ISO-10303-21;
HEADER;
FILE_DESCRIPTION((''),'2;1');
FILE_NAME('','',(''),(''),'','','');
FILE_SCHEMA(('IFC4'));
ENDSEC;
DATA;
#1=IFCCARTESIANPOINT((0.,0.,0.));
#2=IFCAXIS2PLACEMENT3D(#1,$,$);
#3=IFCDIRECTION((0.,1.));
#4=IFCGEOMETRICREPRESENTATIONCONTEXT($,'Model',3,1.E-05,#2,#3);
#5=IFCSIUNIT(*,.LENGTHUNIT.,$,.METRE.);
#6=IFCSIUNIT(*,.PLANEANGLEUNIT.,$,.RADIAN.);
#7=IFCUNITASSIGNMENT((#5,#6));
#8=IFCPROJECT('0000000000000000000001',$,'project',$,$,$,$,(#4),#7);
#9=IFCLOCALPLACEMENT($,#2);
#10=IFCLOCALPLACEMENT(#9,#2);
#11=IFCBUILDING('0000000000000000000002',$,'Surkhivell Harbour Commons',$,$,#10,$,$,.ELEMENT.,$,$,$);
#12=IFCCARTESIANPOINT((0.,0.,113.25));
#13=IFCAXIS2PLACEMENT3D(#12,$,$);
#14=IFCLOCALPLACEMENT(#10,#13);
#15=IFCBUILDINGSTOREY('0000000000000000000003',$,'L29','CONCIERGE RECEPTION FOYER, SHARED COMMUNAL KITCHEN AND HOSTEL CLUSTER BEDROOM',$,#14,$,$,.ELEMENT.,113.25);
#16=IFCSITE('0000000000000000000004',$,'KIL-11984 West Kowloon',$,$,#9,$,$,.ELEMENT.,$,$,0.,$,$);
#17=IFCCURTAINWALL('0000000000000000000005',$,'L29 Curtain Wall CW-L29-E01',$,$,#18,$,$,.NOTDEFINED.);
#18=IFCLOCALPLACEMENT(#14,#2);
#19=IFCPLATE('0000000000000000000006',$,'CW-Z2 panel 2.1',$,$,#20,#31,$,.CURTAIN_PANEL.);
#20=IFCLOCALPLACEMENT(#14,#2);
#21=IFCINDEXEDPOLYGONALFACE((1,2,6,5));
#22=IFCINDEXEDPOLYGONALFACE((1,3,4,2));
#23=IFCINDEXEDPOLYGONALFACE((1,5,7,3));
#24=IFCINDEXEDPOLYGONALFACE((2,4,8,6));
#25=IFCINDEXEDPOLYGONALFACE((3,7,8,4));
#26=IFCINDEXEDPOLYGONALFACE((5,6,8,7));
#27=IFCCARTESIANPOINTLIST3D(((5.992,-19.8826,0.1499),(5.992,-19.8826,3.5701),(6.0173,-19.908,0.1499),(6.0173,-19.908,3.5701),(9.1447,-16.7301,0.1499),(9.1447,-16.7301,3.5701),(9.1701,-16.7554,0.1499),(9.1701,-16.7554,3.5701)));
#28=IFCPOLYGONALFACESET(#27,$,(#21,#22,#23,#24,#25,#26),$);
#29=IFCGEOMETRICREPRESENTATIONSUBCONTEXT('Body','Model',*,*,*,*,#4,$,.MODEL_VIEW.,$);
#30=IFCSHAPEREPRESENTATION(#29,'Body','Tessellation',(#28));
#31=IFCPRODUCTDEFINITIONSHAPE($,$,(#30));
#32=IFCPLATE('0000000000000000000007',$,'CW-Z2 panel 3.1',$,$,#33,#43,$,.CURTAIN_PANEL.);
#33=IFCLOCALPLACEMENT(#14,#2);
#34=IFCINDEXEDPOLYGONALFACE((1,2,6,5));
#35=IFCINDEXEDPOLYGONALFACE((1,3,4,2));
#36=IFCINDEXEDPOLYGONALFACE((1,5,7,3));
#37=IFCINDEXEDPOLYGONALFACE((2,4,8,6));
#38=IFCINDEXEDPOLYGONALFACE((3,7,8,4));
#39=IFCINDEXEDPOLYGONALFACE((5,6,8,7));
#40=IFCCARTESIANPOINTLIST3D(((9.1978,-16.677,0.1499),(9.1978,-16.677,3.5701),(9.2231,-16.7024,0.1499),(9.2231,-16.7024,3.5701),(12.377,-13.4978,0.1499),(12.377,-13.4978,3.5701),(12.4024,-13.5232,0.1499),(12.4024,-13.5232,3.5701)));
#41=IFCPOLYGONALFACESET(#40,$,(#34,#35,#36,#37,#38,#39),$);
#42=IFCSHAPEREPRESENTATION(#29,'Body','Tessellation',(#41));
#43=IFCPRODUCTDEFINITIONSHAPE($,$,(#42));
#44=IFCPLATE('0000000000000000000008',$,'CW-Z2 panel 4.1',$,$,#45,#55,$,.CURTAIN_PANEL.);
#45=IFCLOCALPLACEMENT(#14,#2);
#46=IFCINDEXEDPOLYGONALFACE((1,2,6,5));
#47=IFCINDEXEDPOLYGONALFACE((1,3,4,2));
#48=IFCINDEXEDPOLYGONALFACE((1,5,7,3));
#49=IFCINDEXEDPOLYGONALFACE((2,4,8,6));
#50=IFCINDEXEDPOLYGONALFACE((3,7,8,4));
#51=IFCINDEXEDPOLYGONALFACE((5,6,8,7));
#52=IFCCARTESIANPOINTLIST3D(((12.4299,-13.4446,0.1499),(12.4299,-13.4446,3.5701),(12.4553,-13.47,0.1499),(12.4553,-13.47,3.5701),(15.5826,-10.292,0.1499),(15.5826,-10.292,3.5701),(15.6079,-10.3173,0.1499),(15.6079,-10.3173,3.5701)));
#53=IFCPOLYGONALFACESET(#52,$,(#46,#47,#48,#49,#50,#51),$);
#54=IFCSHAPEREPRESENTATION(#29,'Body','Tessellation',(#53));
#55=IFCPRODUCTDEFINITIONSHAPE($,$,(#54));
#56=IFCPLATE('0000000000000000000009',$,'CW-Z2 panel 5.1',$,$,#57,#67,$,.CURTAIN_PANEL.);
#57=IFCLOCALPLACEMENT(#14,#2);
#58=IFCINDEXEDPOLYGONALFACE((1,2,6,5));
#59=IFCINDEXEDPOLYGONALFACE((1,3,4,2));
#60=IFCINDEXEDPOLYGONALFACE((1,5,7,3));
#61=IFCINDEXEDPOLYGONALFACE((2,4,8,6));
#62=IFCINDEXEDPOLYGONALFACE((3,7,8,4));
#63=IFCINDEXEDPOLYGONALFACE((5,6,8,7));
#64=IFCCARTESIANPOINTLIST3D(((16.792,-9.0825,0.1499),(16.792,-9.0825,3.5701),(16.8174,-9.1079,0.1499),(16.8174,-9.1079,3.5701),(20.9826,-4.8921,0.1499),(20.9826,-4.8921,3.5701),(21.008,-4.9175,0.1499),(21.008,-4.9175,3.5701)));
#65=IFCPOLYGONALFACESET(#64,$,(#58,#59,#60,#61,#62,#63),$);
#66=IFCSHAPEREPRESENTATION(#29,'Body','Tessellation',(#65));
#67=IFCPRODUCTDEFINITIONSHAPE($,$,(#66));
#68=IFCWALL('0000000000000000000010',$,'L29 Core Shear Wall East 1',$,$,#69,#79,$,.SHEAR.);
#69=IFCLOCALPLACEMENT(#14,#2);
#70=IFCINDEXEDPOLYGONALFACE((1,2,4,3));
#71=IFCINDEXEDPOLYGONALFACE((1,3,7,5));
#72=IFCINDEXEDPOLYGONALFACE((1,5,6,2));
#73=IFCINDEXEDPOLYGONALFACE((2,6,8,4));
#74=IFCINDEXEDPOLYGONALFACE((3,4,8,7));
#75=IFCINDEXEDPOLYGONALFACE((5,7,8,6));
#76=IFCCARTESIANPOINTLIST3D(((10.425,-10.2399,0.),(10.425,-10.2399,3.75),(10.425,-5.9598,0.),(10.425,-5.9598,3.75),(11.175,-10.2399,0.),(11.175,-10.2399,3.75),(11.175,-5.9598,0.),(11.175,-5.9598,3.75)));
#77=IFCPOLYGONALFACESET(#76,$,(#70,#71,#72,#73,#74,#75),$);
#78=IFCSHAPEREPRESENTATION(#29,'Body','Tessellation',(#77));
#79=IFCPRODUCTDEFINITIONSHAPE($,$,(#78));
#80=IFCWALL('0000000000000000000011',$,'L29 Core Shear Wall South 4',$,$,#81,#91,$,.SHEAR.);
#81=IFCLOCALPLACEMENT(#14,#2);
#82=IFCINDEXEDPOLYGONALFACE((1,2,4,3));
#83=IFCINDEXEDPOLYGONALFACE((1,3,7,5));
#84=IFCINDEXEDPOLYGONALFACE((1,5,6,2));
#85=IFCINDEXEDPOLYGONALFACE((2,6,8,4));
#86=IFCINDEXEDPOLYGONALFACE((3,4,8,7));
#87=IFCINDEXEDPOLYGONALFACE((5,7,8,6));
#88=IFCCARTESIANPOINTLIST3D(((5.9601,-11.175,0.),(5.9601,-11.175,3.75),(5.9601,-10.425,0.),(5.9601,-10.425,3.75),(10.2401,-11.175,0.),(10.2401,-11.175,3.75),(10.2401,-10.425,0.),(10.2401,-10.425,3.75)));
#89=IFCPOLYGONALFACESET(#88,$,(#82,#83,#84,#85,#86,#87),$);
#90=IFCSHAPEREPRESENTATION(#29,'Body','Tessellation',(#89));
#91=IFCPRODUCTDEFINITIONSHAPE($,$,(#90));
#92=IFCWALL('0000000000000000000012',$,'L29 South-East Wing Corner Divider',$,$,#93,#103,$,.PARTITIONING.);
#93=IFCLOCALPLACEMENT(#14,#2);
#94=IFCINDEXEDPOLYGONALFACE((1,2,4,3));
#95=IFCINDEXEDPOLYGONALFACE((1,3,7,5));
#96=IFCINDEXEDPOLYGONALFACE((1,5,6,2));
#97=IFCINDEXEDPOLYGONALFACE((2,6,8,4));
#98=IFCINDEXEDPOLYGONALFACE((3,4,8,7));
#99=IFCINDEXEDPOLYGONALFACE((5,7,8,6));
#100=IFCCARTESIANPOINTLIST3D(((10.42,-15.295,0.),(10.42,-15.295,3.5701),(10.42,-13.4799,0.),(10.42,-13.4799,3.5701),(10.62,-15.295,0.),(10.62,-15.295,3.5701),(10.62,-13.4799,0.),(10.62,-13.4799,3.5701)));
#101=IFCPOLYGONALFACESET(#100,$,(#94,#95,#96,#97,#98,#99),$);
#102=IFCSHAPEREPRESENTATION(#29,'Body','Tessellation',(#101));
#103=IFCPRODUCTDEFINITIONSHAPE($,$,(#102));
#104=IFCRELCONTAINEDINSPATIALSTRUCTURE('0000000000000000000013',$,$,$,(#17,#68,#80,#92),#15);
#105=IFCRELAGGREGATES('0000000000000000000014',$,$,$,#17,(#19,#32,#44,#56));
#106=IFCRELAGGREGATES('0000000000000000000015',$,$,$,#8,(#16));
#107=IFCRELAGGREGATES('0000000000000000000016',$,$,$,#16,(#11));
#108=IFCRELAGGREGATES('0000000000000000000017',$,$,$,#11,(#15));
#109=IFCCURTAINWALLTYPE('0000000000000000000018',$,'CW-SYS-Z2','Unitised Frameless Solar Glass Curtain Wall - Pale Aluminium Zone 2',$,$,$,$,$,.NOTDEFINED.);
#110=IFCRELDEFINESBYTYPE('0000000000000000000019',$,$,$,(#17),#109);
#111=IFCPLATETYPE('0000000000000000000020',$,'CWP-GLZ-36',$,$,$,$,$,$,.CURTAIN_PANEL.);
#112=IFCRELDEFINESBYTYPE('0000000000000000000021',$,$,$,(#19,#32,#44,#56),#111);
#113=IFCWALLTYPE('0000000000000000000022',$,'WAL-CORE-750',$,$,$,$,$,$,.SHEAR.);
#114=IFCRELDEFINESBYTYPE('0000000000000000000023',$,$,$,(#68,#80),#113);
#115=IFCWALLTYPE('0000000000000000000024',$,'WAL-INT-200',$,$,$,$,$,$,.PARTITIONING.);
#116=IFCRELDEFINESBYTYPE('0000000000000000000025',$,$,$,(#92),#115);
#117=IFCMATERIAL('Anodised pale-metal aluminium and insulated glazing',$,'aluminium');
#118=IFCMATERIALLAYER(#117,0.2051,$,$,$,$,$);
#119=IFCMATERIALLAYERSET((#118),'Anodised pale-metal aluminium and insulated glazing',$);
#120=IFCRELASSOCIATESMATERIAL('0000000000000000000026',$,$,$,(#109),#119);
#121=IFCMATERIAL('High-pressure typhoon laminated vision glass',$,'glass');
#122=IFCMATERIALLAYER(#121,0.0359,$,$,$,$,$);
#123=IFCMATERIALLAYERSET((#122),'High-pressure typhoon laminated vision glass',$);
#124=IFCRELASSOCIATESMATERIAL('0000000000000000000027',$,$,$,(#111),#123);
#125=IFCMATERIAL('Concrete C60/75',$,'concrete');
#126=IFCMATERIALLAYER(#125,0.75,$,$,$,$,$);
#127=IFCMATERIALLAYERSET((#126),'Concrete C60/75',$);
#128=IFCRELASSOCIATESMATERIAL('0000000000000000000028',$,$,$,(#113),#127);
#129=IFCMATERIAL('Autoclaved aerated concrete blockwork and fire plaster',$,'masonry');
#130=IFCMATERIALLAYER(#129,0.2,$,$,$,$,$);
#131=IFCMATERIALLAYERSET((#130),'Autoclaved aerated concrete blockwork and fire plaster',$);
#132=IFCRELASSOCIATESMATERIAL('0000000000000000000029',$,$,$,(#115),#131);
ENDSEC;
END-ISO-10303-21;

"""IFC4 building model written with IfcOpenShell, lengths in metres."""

from ifc_helpers import new_model, si_unit, direction, frame, frame_2d, origin, place, context, subcontext, project, spatial, rectangle, extrude, material, layer, layer_set, type_object, element, aggregate, save


model = new_model("IFC4")

# Units and contexts
model_context = context("Model", 3, precision=1e-05, world=origin(), true_north=direction((0.0, 1.0)))
body_context = subcontext(model_context, "Body", "Model", "MODEL_VIEW")
ifc_project = project(units=[si_unit("LENGTHUNIT", "METRE"), si_unit("PLANEANGLEUNIT", "RADIAN")], contexts=[model_context])

# Site, building, storey
site_placement = place(None, origin())
site = spatial("IfcSite", under=ifc_project, at=site_placement, Name="KIL-11984 West Kowloon", CompositionType="ELEMENT", RefElevation=0.0)
building_placement = place(site_placement, origin())
building = spatial("IfcBuilding", under=site, at=building_placement, Name="Surkhivell Harbour Commons", CompositionType="ELEMENT")
storey_placement = place(building_placement, frame((0.0, 0.0, 113.25)))
storey = spatial("IfcBuildingStorey", under=building, at=storey_placement, Name="L29", Description="CONCIERGE RECEPTION FOYER, SHARED COMMUNAL KITCHEN AND HOSTEL CLUSTER BEDROOM", CompositionType="ELEMENT", Elevation=113.25)

# Shared definitions
ifc_material_1 = material(Name="Concrete C60/75", Category="concrete")

# Curtain wall, plates
ifc_material_2 = material(Name="Anodised pale-metal aluminium and insulated glazing", Category="aluminium")
ifc_layer_1 = layer(ifc_material_2, 0.2051)
ifc_layer_set_1 = layer_set([ifc_layer_1], Name="Anodised pale-metal aluminium and insulated glazing")
curtain_wall_type = type_object("IfcCurtainWallType", Name="CW-SYS-Z2", Description="Unitised Frameless Solar Glass Curtain Wall - Pale Aluminium Zone 2", PredefinedType="NOTDEFINED", material=ifc_layer_set_1)
curtain_wall_placement = place(storey_placement, origin())
curtain_wall = element("IfcCurtainWall", 1, at=curtain_wall_placement, inside=storey, type_object=curtain_wall_type, Name="L29 Curtain Wall CW-L29-E01", PredefinedType="NOTDEFINED")
ifc_material_3 = material(Name="High-pressure typhoon laminated vision glass", Category="glass")
ifc_layer_2 = layer(ifc_material_3, 0.0359)
ifc_layer_set_2 = layer_set([ifc_layer_2], Name="High-pressure typhoon laminated vision glass")
plate_type = type_object("IfcPlateType", Name="CWP-GLZ-36", PredefinedType="CURTAIN_PANEL", material=ifc_layer_set_2)
plate_1_placement = place(storey_placement, frame((6.0046, -19.8953, 0.1499), z_axis=(0.0, 0.0, 1.0), x_axis=(0.707134, 0.707079, 0.0)))
plate_1 = element("IfcPlate", 2, at=plate_1_placement, type_object=plate_type, Name="CW-Z2 panel 2.1", PredefinedType="CURTAIN_PANEL", context=body_context, shape_type="SweptSolid", body=[
    extrude(rectangle(XDim=4.4585, YDim=0.0359, at=frame_2d((2.2292, 0.0))), origin(), (0.0, 0.0, 1.0), 3.4202),
])
plate_2_placement = place(storey_placement, frame((9.2104, -16.6897, 0.1499), z_axis=(0.0, 0.0, 1.0), x_axis=(0.707107, 0.707107, 0.0)))
plate_2 = element("IfcPlate", 3, at=plate_2_placement, type_object=plate_type, Name="CW-Z2 panel 3.1", PredefinedType="CURTAIN_PANEL", context=body_context, shape_type="SweptSolid", body=[
    extrude(rectangle(XDim=4.4961, YDim=0.0359, at=frame_2d((2.248, 0.0))), origin(), (0.0, 0.0, 1.0), 3.4202),
])
plate_3_placement = place(storey_placement, frame((12.4426, -13.4573, 0.1499), z_axis=(0.0, 0.0, 1.0), x_axis=(0.707107, 0.707107, 0.0)))
plate_3 = element("IfcPlate", 4, at=plate_3_placement, type_object=plate_type, Name="CW-Z2 panel 4.1", PredefinedType="CURTAIN_PANEL", context=body_context, shape_type="SweptSolid", body=[
    extrude(rectangle(XDim=4.4585, YDim=0.0359, at=frame_2d((2.2292, 0.0))), origin(), (0.0, 0.0, 1.0), 3.4202),
])
plate_4_placement = place(storey_placement, frame((16.8047, -9.0952, 0.1499), z_axis=(0.0, 0.0, 1.0), x_axis=(0.707127, 0.707086, 0.0)))
plate_4 = element("IfcPlate", 5, at=plate_4_placement, type_object=plate_type, Name="CW-Z2 panel 5.1", PredefinedType="CURTAIN_PANEL", context=body_context, shape_type="SweptSolid", body=[
    extrude(rectangle(XDim=5.9263, YDim=0.0359, at=frame_2d((2.9631, 0.0))), origin(), (0.0, 0.0, 1.0), 3.4202),
])
aggregate(curtain_wall, [plate_1, plate_2, plate_3, plate_4])

# Walls
ifc_layer_3 = layer(ifc_material_1, 0.75)
ifc_layer_set_3 = layer_set([ifc_layer_3], Name="Concrete C60/75")
wall_type_1 = type_object("IfcWallType", Name="WAL-CORE-750", PredefinedType="SHEAR", material=ifc_layer_set_3)
for number, where, z_axis, x_axis, name in (
    (6, (10.8, -10.24, 0.0), (0.0, 0.0, 1.0), (0.0, 1.0, 0.0), "L29 Core Shear Wall East 1"),
    (7, (5.96, -10.8, 0.0), (0.0, 0.0, 1.0), (1.0, 0.0, 0.0), "L29 Core Shear Wall South 4"),
):
    element("IfcWall", number, at=place(storey_placement, frame(where, z_axis=z_axis, x_axis=x_axis)), inside=storey, type_object=wall_type_1, Name=name, PredefinedType="SHEAR", context=body_context, shape_type="SweptSolid", body=[
        extrude(rectangle(XDim=4.28, YDim=0.75, at=frame_2d((2.1401, 0.0))), origin(), (0.0, 0.0, 1.0), 3.75),
    ])
ifc_material_4 = material(Name="Autoclaved aerated concrete blockwork and fire plaster", Category="masonry")
ifc_layer_4 = layer(ifc_material_4, 0.2)
ifc_layer_set_4 = layer_set([ifc_layer_4], Name="Autoclaved aerated concrete blockwork and fire plaster")
wall_type_2 = type_object("IfcWallType", Name="WAL-INT-200", PredefinedType="PARTITIONING", material=ifc_layer_set_4)
wall_1_placement = place(storey_placement, frame((10.52, -15.2952, 0.0), z_axis=(0.0, 0.0, 1.0), x_axis=(0.0, 1.0, 0.0)))
element("IfcWall", 8, at=wall_1_placement, inside=storey, type_object=wall_type_2, Name="L29 South-East Wing Corner Divider", PredefinedType="PARTITIONING", context=body_context, shape_type="SweptSolid", body=[
    extrude(rectangle(XDim=1.8152, YDim=0.2, at=frame_2d((0.9077, 0.0))), origin(), (0.0, 0.0, 1.0), 3.5701),
])

save(model, "model.ifc")
